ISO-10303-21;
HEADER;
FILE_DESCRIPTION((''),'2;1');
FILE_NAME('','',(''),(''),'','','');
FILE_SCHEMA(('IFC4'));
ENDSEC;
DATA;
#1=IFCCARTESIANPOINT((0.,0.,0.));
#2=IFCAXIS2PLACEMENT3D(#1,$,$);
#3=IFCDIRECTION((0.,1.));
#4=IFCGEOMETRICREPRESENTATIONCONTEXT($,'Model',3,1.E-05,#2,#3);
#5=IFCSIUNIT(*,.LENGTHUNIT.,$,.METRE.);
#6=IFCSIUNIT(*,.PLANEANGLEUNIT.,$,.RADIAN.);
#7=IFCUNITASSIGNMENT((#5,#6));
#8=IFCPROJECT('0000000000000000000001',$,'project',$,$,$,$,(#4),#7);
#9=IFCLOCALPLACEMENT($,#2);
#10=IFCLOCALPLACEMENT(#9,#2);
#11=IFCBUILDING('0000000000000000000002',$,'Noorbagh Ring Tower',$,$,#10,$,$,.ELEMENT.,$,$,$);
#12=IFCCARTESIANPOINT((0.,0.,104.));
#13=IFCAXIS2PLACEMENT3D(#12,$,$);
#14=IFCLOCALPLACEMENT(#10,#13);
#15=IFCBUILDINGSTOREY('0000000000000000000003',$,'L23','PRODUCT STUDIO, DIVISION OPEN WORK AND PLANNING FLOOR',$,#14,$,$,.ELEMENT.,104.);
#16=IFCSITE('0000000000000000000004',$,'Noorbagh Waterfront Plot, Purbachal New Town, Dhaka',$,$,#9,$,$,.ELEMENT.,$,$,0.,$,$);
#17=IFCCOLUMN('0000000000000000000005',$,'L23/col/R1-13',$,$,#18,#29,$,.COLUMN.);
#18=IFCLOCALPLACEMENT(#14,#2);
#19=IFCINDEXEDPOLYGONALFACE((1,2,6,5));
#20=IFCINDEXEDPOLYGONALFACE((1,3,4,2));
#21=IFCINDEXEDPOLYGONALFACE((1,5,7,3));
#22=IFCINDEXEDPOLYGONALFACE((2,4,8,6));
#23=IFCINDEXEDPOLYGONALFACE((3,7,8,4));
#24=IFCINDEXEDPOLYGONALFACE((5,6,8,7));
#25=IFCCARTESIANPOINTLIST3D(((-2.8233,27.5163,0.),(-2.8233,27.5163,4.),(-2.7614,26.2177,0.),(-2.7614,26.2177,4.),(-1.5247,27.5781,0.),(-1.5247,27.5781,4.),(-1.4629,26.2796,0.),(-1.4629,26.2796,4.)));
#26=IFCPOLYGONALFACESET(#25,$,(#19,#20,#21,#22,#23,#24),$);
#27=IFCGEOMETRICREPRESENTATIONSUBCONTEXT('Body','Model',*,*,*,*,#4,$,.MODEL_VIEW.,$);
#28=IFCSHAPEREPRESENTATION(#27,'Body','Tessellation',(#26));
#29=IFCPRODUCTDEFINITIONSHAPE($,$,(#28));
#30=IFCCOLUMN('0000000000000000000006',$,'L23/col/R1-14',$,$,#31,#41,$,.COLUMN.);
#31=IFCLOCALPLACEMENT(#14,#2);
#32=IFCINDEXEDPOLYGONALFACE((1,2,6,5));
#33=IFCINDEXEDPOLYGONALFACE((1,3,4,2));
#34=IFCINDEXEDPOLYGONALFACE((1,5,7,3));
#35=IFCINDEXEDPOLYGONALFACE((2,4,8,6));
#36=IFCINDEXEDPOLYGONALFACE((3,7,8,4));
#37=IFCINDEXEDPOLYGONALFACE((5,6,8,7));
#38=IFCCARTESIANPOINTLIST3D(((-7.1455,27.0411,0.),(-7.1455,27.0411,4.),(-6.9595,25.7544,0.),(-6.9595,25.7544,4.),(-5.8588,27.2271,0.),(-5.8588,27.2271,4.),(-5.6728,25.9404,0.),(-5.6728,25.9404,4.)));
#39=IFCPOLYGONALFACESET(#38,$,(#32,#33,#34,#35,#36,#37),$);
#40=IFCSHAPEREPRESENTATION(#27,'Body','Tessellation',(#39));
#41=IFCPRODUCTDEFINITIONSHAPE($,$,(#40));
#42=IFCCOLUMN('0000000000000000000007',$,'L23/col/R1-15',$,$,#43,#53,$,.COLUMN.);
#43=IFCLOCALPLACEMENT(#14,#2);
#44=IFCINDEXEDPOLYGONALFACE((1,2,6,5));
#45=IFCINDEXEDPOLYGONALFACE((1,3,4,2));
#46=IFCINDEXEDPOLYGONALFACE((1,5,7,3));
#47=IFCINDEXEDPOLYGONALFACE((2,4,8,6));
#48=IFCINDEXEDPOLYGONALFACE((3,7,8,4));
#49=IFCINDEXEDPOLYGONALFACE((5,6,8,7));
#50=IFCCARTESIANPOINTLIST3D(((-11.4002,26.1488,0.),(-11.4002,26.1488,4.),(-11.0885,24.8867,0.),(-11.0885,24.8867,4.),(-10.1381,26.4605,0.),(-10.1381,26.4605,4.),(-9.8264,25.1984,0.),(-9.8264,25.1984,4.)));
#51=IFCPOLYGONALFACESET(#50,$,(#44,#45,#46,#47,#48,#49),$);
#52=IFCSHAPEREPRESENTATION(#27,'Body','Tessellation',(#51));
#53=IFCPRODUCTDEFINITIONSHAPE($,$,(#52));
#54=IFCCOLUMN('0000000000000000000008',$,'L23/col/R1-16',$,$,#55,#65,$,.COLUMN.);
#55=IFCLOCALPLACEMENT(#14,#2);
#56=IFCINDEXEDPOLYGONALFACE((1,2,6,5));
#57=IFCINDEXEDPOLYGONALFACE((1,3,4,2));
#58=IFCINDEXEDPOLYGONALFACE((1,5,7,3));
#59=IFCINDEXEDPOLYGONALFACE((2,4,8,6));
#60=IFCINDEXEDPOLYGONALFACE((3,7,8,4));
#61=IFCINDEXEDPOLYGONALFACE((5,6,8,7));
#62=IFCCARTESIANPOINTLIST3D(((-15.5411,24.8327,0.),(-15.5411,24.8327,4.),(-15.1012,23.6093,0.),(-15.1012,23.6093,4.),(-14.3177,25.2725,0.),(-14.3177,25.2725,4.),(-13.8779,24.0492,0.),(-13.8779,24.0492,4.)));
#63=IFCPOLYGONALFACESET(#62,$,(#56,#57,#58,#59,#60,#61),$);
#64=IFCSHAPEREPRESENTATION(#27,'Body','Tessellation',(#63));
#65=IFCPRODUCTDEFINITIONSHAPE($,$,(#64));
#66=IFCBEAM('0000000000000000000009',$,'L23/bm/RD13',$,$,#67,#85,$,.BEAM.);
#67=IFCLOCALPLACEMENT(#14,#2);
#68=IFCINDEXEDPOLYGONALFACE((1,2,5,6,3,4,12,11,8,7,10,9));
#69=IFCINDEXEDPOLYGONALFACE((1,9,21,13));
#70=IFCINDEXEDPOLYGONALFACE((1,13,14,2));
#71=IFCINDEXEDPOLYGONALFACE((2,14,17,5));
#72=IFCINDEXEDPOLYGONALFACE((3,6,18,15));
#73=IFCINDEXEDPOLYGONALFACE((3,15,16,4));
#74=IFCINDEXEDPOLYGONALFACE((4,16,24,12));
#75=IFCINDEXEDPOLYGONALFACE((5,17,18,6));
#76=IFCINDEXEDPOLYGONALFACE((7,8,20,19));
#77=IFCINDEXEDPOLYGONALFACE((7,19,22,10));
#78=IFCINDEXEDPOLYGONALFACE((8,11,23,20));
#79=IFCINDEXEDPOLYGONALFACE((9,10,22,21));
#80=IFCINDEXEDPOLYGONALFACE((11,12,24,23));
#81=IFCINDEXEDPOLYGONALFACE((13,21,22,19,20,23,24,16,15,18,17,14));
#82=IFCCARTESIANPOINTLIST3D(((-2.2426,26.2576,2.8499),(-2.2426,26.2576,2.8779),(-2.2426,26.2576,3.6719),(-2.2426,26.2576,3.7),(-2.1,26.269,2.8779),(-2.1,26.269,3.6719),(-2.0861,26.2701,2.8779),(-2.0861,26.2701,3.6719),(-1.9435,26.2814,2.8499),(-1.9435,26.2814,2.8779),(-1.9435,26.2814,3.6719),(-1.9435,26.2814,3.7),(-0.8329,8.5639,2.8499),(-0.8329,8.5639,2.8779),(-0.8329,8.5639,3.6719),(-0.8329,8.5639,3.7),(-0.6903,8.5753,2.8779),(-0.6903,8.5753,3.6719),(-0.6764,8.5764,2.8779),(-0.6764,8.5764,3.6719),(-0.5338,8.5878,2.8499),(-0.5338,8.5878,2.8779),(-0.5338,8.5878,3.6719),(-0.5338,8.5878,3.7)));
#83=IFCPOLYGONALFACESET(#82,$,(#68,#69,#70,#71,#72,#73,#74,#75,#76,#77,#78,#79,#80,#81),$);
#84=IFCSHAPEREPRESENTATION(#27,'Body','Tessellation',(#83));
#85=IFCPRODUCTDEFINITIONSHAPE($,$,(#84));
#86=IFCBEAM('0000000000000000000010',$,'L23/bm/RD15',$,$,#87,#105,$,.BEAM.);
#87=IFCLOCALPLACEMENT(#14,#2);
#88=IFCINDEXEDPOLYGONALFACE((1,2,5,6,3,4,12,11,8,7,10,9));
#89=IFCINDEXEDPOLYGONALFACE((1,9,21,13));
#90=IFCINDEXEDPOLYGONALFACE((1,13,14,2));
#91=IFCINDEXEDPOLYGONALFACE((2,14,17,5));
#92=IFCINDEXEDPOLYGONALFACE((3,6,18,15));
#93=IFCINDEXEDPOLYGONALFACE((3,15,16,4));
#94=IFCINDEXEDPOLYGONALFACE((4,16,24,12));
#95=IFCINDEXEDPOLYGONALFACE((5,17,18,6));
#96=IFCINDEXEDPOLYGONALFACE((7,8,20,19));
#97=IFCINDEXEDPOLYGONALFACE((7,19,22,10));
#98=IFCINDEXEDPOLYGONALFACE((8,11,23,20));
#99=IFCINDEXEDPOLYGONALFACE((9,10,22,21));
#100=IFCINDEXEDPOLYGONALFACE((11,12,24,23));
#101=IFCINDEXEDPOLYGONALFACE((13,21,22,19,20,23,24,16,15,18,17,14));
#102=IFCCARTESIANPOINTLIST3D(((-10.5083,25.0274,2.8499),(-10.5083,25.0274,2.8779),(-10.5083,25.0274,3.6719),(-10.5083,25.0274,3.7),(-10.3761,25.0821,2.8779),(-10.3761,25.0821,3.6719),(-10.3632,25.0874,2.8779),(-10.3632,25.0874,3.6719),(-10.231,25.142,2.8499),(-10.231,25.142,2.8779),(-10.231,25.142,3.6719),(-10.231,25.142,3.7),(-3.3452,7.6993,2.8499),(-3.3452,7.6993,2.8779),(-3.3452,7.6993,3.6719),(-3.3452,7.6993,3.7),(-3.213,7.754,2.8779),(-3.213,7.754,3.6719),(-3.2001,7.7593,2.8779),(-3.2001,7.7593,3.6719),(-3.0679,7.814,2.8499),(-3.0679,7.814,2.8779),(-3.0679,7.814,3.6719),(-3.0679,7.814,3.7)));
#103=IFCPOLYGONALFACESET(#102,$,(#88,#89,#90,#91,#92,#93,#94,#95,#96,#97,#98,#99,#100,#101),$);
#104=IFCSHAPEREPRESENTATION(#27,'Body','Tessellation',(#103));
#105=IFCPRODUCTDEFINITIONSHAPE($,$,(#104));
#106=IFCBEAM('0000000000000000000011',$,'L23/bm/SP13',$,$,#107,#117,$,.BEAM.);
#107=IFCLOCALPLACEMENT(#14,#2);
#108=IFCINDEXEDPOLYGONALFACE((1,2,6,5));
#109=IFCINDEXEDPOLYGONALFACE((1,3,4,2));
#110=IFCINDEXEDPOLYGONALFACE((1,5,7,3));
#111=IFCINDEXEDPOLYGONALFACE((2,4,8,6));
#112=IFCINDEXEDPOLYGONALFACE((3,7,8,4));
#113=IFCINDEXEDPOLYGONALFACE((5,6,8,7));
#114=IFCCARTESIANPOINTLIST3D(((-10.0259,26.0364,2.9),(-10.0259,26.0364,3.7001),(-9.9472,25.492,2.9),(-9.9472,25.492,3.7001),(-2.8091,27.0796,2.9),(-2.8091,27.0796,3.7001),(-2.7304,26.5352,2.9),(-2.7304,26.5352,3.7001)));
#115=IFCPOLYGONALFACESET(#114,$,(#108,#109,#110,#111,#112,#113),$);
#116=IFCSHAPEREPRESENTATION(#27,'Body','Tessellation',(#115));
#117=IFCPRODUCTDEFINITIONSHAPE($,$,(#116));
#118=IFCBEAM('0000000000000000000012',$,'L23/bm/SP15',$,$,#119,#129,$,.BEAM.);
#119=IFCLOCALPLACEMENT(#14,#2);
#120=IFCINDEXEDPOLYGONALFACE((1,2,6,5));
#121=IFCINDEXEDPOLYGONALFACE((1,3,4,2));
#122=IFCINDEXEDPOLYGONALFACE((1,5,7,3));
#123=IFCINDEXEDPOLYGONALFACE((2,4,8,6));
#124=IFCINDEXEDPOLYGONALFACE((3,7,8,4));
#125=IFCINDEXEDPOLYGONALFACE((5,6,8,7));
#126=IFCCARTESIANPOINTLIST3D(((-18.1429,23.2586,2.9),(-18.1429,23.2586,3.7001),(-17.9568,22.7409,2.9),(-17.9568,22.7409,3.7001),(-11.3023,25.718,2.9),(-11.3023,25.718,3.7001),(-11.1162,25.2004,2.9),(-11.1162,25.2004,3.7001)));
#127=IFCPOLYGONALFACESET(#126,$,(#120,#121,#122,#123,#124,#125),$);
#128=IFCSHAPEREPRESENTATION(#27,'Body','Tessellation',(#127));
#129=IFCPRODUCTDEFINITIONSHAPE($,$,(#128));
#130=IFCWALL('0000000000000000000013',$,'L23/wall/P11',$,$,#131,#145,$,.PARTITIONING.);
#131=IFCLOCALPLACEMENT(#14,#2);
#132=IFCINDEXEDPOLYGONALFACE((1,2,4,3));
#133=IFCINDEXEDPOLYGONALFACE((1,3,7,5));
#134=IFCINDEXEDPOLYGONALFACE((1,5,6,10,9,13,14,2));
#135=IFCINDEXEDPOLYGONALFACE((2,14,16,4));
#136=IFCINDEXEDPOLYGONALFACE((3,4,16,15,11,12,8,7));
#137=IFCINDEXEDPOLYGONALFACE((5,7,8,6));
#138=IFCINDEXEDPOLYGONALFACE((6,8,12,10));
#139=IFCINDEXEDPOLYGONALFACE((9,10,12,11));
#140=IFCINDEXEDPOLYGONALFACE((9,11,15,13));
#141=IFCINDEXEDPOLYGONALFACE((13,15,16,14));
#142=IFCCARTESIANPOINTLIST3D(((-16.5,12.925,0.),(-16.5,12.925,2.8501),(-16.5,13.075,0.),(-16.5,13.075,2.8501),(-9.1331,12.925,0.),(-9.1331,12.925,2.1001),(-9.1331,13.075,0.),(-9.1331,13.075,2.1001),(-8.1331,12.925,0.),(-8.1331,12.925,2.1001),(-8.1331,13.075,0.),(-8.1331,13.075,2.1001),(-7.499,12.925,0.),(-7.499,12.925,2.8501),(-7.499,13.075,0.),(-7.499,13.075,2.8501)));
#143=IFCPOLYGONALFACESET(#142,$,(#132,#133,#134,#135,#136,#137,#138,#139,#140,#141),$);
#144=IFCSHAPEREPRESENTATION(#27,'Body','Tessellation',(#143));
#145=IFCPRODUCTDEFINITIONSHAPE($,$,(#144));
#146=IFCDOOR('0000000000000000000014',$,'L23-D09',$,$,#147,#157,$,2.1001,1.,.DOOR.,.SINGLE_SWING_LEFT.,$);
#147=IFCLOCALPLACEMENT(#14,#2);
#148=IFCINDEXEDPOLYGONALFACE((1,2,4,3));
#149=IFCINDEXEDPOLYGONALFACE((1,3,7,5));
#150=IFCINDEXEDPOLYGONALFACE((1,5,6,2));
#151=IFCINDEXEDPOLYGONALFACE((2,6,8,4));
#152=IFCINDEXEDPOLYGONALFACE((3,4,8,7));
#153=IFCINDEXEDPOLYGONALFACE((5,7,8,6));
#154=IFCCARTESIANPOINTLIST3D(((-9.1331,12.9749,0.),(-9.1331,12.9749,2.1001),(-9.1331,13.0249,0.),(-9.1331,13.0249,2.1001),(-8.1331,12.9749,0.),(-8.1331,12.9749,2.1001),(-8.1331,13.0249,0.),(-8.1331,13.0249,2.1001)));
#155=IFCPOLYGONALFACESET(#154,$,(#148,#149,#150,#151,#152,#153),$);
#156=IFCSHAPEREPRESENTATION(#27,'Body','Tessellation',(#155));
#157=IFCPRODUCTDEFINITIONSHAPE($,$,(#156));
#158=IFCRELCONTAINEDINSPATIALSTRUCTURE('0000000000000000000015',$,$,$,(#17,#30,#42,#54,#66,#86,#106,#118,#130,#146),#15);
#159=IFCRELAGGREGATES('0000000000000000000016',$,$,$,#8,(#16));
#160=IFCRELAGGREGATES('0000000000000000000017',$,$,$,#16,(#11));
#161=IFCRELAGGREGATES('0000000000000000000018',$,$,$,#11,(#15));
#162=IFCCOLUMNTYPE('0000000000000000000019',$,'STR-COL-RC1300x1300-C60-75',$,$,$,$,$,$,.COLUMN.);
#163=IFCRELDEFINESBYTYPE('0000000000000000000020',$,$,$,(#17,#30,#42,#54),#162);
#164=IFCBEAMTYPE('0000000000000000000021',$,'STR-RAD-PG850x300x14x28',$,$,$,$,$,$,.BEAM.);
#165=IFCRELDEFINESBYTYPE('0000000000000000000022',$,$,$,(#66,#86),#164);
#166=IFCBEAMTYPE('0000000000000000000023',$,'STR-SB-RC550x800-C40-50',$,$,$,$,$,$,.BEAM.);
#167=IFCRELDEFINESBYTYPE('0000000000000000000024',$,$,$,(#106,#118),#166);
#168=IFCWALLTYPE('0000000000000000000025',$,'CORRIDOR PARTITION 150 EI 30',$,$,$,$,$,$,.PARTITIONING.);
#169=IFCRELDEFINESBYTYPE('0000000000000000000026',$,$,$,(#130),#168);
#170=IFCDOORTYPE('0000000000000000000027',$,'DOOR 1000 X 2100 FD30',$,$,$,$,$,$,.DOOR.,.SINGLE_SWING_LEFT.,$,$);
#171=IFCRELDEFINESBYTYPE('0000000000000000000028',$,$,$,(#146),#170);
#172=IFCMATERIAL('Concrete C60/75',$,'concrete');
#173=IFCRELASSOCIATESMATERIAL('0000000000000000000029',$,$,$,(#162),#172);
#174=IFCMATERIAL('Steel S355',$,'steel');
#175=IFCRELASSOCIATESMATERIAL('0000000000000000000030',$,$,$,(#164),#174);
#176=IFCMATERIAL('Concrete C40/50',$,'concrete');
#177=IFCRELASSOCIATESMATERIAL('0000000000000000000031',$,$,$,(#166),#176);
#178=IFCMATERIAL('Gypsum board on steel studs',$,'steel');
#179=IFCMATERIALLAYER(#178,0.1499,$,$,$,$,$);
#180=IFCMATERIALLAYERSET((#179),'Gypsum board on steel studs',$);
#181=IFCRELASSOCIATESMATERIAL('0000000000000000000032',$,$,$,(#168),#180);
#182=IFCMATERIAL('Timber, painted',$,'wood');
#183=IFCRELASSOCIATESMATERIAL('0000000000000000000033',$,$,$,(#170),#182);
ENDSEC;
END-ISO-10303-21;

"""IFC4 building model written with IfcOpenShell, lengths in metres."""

from ifc_helpers import new_model, si_unit, direction, frame, frame_2d, origin, origin_2d, place, context, subcontext, project, spatial, rectangle, i_section, extrude, material, layer, layer_set, material_profile, profile_set, type_object, element, fill, save


model = new_model("IFC4")

# Units and contexts
model_context = context("Model", 3, precision=1e-05, world=origin(), true_north=direction((0.0, 1.0)))
body_context = subcontext(model_context, "Body", "Model", "MODEL_VIEW")
ifc_project = project(units=[si_unit("LENGTHUNIT", "METRE"), si_unit("PLANEANGLEUNIT", "RADIAN")], contexts=[model_context])

# Site, building, storey
site_placement = place(None, origin())
site = spatial("IfcSite", under=ifc_project, at=site_placement, Name="Noorbagh Waterfront Plot, Purbachal New Town, Dhaka", CompositionType="ELEMENT", RefElevation=0.0)
building_placement = place(site_placement, origin())
building = spatial("IfcBuilding", under=site, at=building_placement, Name="Noorbagh Ring Tower", CompositionType="ELEMENT")
storey_placement = place(building_placement, frame((0.0, 0.0, 104.0)))
storey = spatial("IfcBuildingStorey", under=building, at=storey_placement, Name="L23", Description="PRODUCT STUDIO, DIVISION OPEN WORK AND PLANNING FLOOR", CompositionType="ELEMENT", Elevation=104.0)

# Columns
ifc_material_1 = material(Name="Concrete C60/75", Category="concrete")
ifc_material_profile_1 = material_profile(ifc_material_1, rectangle(XDim=1.3, YDim=1.3, at=origin_2d()), Name="RC1300x1300")
ifc_profile_set_1 = profile_set([ifc_material_profile_1], Name="Concrete C60/75")
column_type = type_object("IfcColumnType", Name="STR-COL-RC1300x1300-C60-75", PredefinedType="COLUMN", material=ifc_profile_set_1)
for number, where, z_axis, x_axis, name in (
    (1, (-2.1431, 26.8979, 0.0), (0.0, 0.0, 1.0), (-0.998869, -0.047553, 0.0), "L23/col/R1-13"),
    (2, (-6.4092, 26.4907, 0.0), (0.0, 0.0, 1.0), (-0.989713, -0.143066, 0.0), "L23/col/R1-14"),
    (3, (-10.6133, 25.6736, 0.0), (0.0, 0.0, 1.0), (-0.970829, -0.239771, 0.0), "L23/col/R1-15"),
    (4, (-14.7095, 24.4409, 0.0), (0.0, 0.0, 1.0), (-0.941025, -0.338338, 0.0), "L23/col/R1-16"),
):
    element("IfcColumn", number, at=place(storey_placement, frame(where, z_axis=z_axis, x_axis=x_axis)), inside=storey, type_object=column_type, Name=name, PredefinedType="COLUMN", context=body_context, shape_type="SweptSolid", body=[
        extrude(rectangle(XDim=1.3, YDim=1.3, at=origin_2d()), origin(), (0.0, 0.0, 1.0), 4.0),
    ])

# Beams
ifc_material_2 = material(Name="Steel S355", Category="steel")
ifc_material_profile_2 = material_profile(ifc_material_2, i_section(OverallWidth=0.3, OverallDepth=0.8501, WebThickness=0.0139, FlangeThickness=0.0281, at=origin_2d()), Name="PG850x300x14x28")
ifc_profile_set_2 = profile_set([ifc_material_profile_2], Name="Steel S355")
beam_type_1 = type_object("IfcBeamType", Name="STR-RAD-PG850x300x14x28", PredefinedType="BEAM", material=ifc_profile_set_2)
beam_1_placement = place(storey_placement, frame((-2.093, 26.2695, 3.2749), z_axis=(0.079419, -0.996841, 0.0), x_axis=(0.996841, 0.079419, 0.0)))
element("IfcBeam", 5, at=beam_1_placement, inside=storey, type_object=beam_type_1, Name="L23/bm/RD13", PredefinedType="BEAM", context=body_context, shape_type="SweptSolid", body=[
    extrude(i_section(OverallWidth=0.3, OverallDepth=0.8501, WebThickness=0.0139, FlangeThickness=0.0281, at=origin_2d()), origin(), (0.0, 0.0, 1.0), 17.7498),
])
beam_2_placement = place(storey_placement, frame((-10.3696, 25.0847, 3.2749), z_axis=(0.382025, -0.924152, 0.0), x_axis=(0.924152, 0.382025, 0.0)))
element("IfcBeam", 6, at=beam_2_placement, inside=storey, type_object=beam_type_1, Name="L23/bm/RD15", PredefinedType="BEAM", context=body_context, shape_type="SweptSolid", body=[
    extrude(i_section(OverallWidth=0.3, OverallDepth=0.8501, WebThickness=0.0139, FlangeThickness=0.0281, at=origin_2d()), origin(), (0.0, 0.0, 1.0), 18.7502),
])
ifc_material_3 = material(Name="Concrete C40/50", Category="concrete")
ifc_material_profile_3 = material_profile(ifc_material_3, rectangle(XDim=0.55, YDim=0.8, at=origin_2d()), Name="RC550x800")
ifc_profile_set_3 = profile_set([ifc_material_profile_3], Name="Concrete C40/50")
beam_type_2 = type_object("IfcBeamType", Name="STR-SB-RC550x800-C40-50", PredefinedType="BEAM", material=ifc_profile_set_3)
beam_3_placement = place(storey_placement, frame((-2.7698, 26.8074, 3.3), z_axis=(-0.989713, -0.143066, 0.0), x_axis=(0.143066, -0.989713, 0.0)))
element("IfcBeam", 7, at=beam_3_placement, inside=storey, type_object=beam_type_2, Name="L23/bm/SP13", PredefinedType="BEAM", context=body_context, shape_type="SweptSolid", body=[
    extrude(rectangle(XDim=0.55, YDim=0.8, at=origin_2d()), origin(), (0.0, 0.0, 1.0), 7.2917),
])
beam_4_placement = place(storey_placement, frame((-11.2092, 25.4592, 3.3), z_axis=(-0.941025, -0.338338, 0.0), x_axis=(0.338338, -0.941025, 0.0)))
element("IfcBeam", 8, at=beam_4_placement, inside=storey, type_object=beam_type_2, Name="L23/bm/SP15", PredefinedType="BEAM", context=body_context, shape_type="SweptSolid", body=[
    extrude(rectangle(XDim=0.55, YDim=0.8, at=origin_2d()), origin(), (0.0, 0.0, 1.0), 7.2693),
])

# Wall, opening, door
ifc_material_4 = material(Name="Gypsum board on steel studs", Category="steel")
ifc_layer_1 = layer(ifc_material_4, 0.1499)
ifc_layer_set_1 = layer_set([ifc_layer_1], Name="Gypsum board on steel studs")
wall_type_1 = type_object("IfcWallType", Name="CORRIDOR PARTITION 150 EI 30", PredefinedType="PARTITIONING", material=ifc_layer_set_1)
wall_1_placement = place(storey_placement, frame((-16.5, 13.0, 0.0), z_axis=(0.0, 0.0, 1.0), x_axis=(1.0, 0.0, 0.0)))
wall_1 = element("IfcWall", 9, at=wall_1_placement, inside=storey, type_object=wall_type_1, Name="L23/wall/P11", PredefinedType="PARTITIONING", context=body_context, shape_type="SweptSolid", body=[
    extrude(rectangle(XDim=9.001, YDim=0.1499, at=frame_2d((4.5005, 0.0))), origin(), (0.0, 0.0, 1.0), 2.8501),
])
opening_1_placement = place(wall_1_placement, frame((7.3669, 0.0, 0.0)))
opening_1 = element("IfcOpeningElement", 10, at=opening_1_placement, cuts=wall_1, PredefinedType="OPENING", context=body_context, shape_type="SweptSolid", body=[
    extrude(rectangle(XDim=1.0, YDim=2.1001, at=frame_2d((0.5, 1.05))), frame((0.0, 0.085, 0.0), z_axis=(0.0, -1.0, 0.0), x_axis=(1.0, 0.0, 0.0)), (0.0, 0.0, 1.0), 0.1699),
])
ifc_material_5 = material(Name="Timber, painted", Category="wood")
door_type_1 = type_object("IfcDoorType", Name="DOOR 1000 X 2100 FD30", OperationType="SINGLE_SWING_LEFT", PredefinedType="DOOR", material=ifc_material_5)
door_1_placement = place(opening_1_placement, origin())
door_1 = element("IfcDoor", 11, at=door_1_placement, inside=storey, type_object=door_type_1, Name="L23-D09", OperationType="SINGLE_SWING_LEFT", OverallHeight=2.1001, OverallWidth=1.0, PredefinedType="DOOR", context=body_context, shape_type="SweptSolid", body=[
    extrude(rectangle(XDim=1.0, YDim=2.1001, at=frame_2d((0.5, 1.05))), frame((0.0, 0.0249, 0.0), z_axis=(0.0, -1.0, 0.0), x_axis=(1.0, 0.0, 0.0)), (0.0, 0.0, 1.0), 0.05),
])
fill(opening_1, door_1)

save(model, "model.ifc")
